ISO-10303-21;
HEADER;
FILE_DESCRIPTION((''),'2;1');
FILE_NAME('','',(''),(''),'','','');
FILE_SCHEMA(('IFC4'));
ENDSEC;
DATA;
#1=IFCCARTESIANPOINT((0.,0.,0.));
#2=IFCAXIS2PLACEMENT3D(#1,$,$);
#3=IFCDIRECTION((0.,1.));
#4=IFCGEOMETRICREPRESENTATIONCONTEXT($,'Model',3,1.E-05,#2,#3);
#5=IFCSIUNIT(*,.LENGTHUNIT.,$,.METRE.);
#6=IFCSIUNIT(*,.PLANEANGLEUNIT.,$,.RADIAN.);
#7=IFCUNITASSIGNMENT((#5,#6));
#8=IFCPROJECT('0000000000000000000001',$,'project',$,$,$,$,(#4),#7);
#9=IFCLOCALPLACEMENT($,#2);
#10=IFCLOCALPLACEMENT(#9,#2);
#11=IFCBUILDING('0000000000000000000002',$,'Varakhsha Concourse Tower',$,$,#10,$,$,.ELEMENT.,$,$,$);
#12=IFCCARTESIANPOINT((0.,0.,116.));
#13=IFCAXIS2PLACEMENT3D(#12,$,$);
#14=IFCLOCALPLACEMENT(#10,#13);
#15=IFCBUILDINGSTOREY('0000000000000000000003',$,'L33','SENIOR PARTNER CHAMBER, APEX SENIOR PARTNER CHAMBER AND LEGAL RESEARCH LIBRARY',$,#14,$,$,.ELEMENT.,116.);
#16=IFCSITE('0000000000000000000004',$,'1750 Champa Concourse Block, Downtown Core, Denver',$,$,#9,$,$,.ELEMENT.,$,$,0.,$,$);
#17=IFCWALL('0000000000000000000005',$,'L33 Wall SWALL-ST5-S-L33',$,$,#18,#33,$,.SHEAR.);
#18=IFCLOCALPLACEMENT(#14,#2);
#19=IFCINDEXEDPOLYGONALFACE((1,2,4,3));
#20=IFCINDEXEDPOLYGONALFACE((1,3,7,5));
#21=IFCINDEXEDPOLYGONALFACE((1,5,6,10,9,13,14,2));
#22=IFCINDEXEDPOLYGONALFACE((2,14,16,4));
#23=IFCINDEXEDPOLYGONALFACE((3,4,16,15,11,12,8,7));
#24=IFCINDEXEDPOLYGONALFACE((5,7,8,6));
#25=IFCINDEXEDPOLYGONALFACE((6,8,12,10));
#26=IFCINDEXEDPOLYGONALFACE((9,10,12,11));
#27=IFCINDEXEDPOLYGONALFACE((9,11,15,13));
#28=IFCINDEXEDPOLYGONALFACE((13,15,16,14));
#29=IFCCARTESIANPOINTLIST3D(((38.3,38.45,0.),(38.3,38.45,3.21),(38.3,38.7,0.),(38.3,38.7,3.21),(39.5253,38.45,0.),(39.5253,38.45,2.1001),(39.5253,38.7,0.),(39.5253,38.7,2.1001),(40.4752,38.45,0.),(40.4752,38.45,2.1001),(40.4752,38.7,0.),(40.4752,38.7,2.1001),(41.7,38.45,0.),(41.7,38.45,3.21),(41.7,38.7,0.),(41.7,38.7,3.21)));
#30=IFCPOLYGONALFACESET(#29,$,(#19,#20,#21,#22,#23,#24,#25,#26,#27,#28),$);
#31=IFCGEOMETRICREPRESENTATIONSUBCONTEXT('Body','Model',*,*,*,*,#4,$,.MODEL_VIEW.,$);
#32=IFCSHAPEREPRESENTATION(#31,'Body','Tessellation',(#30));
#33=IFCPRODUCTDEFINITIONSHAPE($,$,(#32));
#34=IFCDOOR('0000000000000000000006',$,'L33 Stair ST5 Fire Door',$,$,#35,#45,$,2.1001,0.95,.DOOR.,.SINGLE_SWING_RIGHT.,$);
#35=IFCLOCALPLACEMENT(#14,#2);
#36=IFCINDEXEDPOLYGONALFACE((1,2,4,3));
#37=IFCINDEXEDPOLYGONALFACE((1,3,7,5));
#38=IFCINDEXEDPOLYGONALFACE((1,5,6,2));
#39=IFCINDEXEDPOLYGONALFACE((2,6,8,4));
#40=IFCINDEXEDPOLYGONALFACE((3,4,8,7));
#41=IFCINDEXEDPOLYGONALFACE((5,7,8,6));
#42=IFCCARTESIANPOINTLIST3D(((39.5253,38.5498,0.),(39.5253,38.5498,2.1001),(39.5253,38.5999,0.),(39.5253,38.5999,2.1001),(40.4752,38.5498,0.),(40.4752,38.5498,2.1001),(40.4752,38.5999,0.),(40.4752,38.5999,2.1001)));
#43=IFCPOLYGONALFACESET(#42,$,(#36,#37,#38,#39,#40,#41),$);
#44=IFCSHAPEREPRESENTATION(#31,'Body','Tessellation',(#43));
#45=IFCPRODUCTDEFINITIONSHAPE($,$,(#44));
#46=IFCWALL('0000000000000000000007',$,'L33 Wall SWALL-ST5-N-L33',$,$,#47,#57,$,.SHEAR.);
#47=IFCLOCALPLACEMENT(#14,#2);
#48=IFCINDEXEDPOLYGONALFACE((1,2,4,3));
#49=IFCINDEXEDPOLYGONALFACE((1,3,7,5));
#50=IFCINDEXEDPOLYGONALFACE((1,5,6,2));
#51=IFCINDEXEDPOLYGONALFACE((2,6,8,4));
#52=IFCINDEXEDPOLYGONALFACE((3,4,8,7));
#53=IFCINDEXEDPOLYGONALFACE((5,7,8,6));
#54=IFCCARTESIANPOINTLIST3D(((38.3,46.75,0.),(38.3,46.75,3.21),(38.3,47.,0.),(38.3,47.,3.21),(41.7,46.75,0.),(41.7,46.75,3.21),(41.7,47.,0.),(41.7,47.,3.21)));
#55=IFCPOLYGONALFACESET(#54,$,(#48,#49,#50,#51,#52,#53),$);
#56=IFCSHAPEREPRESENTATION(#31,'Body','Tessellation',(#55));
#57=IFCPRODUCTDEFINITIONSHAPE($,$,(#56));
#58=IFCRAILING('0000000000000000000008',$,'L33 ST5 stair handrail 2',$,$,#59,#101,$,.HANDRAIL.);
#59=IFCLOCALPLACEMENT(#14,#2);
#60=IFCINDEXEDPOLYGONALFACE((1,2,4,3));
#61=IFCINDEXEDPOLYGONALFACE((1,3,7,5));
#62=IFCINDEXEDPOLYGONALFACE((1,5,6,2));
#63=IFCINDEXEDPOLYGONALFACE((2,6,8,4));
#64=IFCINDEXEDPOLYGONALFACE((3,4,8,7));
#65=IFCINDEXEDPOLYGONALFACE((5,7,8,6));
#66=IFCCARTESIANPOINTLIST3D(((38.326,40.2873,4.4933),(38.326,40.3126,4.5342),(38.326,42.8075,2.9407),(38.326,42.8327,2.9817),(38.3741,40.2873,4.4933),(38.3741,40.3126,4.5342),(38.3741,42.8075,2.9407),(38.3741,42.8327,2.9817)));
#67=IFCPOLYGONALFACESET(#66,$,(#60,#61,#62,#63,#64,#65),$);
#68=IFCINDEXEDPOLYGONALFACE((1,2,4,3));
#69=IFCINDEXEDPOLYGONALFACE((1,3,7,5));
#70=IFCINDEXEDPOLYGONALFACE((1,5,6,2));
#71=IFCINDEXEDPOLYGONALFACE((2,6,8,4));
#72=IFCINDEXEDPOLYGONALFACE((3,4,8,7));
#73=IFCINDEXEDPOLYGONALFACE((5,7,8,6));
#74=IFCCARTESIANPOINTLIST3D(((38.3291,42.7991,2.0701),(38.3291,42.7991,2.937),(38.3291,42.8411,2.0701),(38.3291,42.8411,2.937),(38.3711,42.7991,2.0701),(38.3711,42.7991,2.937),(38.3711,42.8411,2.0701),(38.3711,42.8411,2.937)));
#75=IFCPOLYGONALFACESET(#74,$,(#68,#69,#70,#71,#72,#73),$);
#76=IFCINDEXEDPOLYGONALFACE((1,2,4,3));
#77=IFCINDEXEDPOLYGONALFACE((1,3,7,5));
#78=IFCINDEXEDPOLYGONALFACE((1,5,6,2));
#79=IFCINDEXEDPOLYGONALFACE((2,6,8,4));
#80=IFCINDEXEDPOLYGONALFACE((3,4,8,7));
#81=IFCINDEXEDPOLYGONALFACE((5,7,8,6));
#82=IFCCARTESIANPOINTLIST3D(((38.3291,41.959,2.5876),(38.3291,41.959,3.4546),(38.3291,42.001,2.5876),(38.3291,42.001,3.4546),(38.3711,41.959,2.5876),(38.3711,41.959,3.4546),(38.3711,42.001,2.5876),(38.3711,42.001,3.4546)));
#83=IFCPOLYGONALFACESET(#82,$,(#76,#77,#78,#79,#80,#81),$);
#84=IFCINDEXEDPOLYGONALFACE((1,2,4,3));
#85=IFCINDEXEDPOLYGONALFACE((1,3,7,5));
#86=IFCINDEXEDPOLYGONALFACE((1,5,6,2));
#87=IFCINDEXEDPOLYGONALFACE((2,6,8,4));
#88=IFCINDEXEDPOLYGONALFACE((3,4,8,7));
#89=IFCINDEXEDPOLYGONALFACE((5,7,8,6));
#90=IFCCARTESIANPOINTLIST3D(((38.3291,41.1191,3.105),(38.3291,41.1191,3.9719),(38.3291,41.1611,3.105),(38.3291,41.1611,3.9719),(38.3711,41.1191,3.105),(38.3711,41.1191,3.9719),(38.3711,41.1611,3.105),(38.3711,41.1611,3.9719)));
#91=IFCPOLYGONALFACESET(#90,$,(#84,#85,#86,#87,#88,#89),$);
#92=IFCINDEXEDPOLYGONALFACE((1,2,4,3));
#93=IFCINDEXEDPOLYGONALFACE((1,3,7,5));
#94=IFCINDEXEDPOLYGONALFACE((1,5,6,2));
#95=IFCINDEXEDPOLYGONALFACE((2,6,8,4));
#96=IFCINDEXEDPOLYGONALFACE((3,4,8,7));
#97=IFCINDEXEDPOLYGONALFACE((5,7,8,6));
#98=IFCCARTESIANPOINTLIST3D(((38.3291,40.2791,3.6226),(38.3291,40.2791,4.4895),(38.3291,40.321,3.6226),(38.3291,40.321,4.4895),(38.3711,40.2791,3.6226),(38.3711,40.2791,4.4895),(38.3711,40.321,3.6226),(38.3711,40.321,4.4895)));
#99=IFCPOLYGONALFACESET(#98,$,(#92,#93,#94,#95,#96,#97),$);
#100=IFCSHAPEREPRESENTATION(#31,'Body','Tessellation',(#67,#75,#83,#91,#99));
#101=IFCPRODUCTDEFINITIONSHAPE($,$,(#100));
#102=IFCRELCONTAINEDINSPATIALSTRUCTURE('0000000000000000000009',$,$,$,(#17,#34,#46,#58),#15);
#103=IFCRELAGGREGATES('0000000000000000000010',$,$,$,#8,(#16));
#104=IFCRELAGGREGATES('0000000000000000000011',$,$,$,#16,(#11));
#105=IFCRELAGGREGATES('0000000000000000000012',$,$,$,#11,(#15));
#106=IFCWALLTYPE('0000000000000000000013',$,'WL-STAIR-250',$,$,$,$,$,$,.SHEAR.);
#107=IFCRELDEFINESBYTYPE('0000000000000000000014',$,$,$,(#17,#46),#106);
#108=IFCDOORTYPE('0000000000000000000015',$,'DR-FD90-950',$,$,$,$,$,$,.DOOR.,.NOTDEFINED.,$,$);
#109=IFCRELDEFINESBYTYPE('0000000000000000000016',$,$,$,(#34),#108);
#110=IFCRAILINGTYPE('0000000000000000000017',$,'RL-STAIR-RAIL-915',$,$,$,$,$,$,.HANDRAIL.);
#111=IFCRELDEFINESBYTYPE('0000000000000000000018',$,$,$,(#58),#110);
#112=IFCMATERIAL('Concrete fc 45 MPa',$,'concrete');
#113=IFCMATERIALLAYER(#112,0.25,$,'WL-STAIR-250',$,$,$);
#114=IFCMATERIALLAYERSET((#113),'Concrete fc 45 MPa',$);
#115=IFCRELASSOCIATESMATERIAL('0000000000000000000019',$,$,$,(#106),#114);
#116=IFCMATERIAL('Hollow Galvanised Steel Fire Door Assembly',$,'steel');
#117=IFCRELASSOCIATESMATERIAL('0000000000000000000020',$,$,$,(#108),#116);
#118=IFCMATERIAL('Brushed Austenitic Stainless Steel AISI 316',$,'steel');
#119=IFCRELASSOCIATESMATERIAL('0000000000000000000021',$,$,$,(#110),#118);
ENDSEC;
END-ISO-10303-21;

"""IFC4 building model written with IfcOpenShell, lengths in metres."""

from ifc_helpers import new_model, si_unit, direction, frame, frame_2d, origin, origin_2d, place, context, subcontext, project, spatial, rectangle, extrude, material, layer, layer_set, type_object, element, fill, save


model = new_model("IFC4")

# Units and contexts
model_context = context("Model", 3, precision=1e-05, world=origin(), true_north=direction((0.0, 1.0)))
body_context = subcontext(model_context, "Body", "Model", "MODEL_VIEW")
ifc_project = project(units=[si_unit("LENGTHUNIT", "METRE"), si_unit("PLANEANGLEUNIT", "RADIAN")], contexts=[model_context])

# Site, building, storey
site_placement = place(None, origin())
site = spatial("IfcSite", under=ifc_project, at=site_placement, Name="1750 Champa Concourse Block, Downtown Core, Denver", CompositionType="ELEMENT", RefElevation=0.0)
building_placement = place(site_placement, origin())
building = spatial("IfcBuilding", under=site, at=building_placement, Name="Varakhsha Concourse Tower", CompositionType="ELEMENT")
storey_placement = place(building_placement, frame((0.0, 0.0, 116.0)))
storey = spatial("IfcBuildingStorey", under=building, at=storey_placement, Name="L33", Description="SENIOR PARTNER CHAMBER, APEX SENIOR PARTNER CHAMBER AND LEGAL RESEARCH LIBRARY", CompositionType="ELEMENT", Elevation=116.0)

# Shared definitions
ifc_material_1 = material(Name="Concrete fc 45 MPa", Category="concrete")
ifc_layer_1 = layer(ifc_material_1, 0.25, Name="WL-STAIR-250")
ifc_layer_set_1 = layer_set([ifc_layer_1], Name="Concrete fc 45 MPa")
wall_type_1 = type_object("IfcWallType", Name="WL-STAIR-250", PredefinedType="SHEAR", material=ifc_layer_set_1)

# Wall, opening, door
wall_1_placement = place(storey_placement, frame((38.3, 38.575, 0.0), z_axis=(0.0, 0.0, 1.0), x_axis=(1.0, 0.0, 0.0)))
wall_1 = element("IfcWall", 1, at=wall_1_placement, inside=storey, type_object=wall_type_1, Name="L33 Wall SWALL-ST5-S-L33", PredefinedType="SHEAR", context=body_context, shape_type="SweptSolid", body=[
    extrude(rectangle(XDim=3.3999, YDim=0.25, at=frame_2d((1.7, 0.0))), origin(), (0.0, 0.0, 1.0), 3.21),
])
opening_placement = place(wall_1_placement, frame((1.2251, 0.0, 0.0)))
opening = element("IfcOpeningElement", 2, at=opening_placement, cuts=wall_1, PredefinedType="OPENING", context=body_context, shape_type="SweptSolid", body=[
    extrude(rectangle(XDim=0.95, YDim=2.1001, at=frame_2d((0.4751, 1.05))), frame((0.0, 0.135, 0.0), z_axis=(0.0, -1.0, 0.0), x_axis=(1.0, 0.0, 0.0)), (0.0, 0.0, 1.0), 0.27),
])
ifc_material_2 = material(Name="Hollow Galvanised Steel Fire Door Assembly", Category="steel")
door_type = type_object("IfcDoorType", Name="DR-FD90-950", OperationType="NOTDEFINED", PredefinedType="DOOR", material=ifc_material_2)
door_placement = place(opening_placement, origin())
door = element("IfcDoor", 3, at=door_placement, inside=storey, type_object=door_type, Name="L33 Stair ST5 Fire Door", OperationType="SINGLE_SWING_RIGHT", OverallHeight=2.1001, OverallWidth=0.95, PredefinedType="DOOR", context=body_context, shape_type="SweptSolid", body=[
    extrude(rectangle(XDim=0.95, YDim=2.1001, at=frame_2d((0.4751, 1.05))), frame((0.0, 0.0249, 0.0), z_axis=(0.0, -1.0, 0.0), x_axis=(1.0, 0.0, 0.0)), (0.0, 0.0, 1.0), 0.05),
])
fill(opening, door)

# Wall
wall_2_placement = place(storey_placement, frame((38.3, 46.875, 0.0), z_axis=(0.0, 0.0, 1.0), x_axis=(1.0, 0.0, 0.0)))
element("IfcWall", 4, at=wall_2_placement, inside=storey, type_object=wall_type_1, Name="L33 Wall SWALL-ST5-N-L33", PredefinedType="SHEAR", context=body_context, shape_type="SweptSolid", body=[
    extrude(rectangle(XDim=3.3999, YDim=0.25, at=frame_2d((1.7, 0.0))), origin(), (0.0, 0.0, 1.0), 3.21),
])

# Railing
ifc_material_3 = material(Name="Brushed Austenitic Stainless Steel AISI 316", Category="steel")
railing_type = type_object("IfcRailingType", Name="RL-STAIR-RAIL-915", PredefinedType="HANDRAIL", material=ifc_material_3)
railing_placement = place(storey_placement, frame((38.3501, 42.8201, 2.0701)))
element("IfcRailing", 5, at=railing_placement, inside=storey, type_object=railing_type, Name="L33 ST5 stair handrail 2", PredefinedType="HANDRAIL", context=body_context, shape_type="SweptSolid", body=[
    extrude(rectangle(XDim=0.0481, YDim=0.0481, at=origin_2d()), frame((0.0, 0.0, 0.8911), z_axis=(0.0, -0.8514, 0.524516), x_axis=(1.0, 0.0, 0.0)), (0.0, 0.0, 1.0), 2.96),
    extrude(rectangle(XDim=0.042, YDim=0.042, at=origin_2d()), origin(), (0.0, 0.0, 1.0), 0.8669),
    extrude(rectangle(XDim=0.042, YDim=0.042, at=origin_2d()), frame((0.0, -0.8401, 0.5176)), (0.0, 0.0, 1.0), 0.8669),
    extrude(rectangle(XDim=0.042, YDim=0.042, at=origin_2d()), frame((0.0, -1.6799, 1.0349)), (0.0, 0.0, 1.0), 0.8669),
    extrude(rectangle(XDim=0.042, YDim=0.042, at=origin_2d()), frame((0.0, -2.52, 1.5525)), (0.0, 0.0, 1.0), 0.8669),
])

save(model, "model.ifc")
